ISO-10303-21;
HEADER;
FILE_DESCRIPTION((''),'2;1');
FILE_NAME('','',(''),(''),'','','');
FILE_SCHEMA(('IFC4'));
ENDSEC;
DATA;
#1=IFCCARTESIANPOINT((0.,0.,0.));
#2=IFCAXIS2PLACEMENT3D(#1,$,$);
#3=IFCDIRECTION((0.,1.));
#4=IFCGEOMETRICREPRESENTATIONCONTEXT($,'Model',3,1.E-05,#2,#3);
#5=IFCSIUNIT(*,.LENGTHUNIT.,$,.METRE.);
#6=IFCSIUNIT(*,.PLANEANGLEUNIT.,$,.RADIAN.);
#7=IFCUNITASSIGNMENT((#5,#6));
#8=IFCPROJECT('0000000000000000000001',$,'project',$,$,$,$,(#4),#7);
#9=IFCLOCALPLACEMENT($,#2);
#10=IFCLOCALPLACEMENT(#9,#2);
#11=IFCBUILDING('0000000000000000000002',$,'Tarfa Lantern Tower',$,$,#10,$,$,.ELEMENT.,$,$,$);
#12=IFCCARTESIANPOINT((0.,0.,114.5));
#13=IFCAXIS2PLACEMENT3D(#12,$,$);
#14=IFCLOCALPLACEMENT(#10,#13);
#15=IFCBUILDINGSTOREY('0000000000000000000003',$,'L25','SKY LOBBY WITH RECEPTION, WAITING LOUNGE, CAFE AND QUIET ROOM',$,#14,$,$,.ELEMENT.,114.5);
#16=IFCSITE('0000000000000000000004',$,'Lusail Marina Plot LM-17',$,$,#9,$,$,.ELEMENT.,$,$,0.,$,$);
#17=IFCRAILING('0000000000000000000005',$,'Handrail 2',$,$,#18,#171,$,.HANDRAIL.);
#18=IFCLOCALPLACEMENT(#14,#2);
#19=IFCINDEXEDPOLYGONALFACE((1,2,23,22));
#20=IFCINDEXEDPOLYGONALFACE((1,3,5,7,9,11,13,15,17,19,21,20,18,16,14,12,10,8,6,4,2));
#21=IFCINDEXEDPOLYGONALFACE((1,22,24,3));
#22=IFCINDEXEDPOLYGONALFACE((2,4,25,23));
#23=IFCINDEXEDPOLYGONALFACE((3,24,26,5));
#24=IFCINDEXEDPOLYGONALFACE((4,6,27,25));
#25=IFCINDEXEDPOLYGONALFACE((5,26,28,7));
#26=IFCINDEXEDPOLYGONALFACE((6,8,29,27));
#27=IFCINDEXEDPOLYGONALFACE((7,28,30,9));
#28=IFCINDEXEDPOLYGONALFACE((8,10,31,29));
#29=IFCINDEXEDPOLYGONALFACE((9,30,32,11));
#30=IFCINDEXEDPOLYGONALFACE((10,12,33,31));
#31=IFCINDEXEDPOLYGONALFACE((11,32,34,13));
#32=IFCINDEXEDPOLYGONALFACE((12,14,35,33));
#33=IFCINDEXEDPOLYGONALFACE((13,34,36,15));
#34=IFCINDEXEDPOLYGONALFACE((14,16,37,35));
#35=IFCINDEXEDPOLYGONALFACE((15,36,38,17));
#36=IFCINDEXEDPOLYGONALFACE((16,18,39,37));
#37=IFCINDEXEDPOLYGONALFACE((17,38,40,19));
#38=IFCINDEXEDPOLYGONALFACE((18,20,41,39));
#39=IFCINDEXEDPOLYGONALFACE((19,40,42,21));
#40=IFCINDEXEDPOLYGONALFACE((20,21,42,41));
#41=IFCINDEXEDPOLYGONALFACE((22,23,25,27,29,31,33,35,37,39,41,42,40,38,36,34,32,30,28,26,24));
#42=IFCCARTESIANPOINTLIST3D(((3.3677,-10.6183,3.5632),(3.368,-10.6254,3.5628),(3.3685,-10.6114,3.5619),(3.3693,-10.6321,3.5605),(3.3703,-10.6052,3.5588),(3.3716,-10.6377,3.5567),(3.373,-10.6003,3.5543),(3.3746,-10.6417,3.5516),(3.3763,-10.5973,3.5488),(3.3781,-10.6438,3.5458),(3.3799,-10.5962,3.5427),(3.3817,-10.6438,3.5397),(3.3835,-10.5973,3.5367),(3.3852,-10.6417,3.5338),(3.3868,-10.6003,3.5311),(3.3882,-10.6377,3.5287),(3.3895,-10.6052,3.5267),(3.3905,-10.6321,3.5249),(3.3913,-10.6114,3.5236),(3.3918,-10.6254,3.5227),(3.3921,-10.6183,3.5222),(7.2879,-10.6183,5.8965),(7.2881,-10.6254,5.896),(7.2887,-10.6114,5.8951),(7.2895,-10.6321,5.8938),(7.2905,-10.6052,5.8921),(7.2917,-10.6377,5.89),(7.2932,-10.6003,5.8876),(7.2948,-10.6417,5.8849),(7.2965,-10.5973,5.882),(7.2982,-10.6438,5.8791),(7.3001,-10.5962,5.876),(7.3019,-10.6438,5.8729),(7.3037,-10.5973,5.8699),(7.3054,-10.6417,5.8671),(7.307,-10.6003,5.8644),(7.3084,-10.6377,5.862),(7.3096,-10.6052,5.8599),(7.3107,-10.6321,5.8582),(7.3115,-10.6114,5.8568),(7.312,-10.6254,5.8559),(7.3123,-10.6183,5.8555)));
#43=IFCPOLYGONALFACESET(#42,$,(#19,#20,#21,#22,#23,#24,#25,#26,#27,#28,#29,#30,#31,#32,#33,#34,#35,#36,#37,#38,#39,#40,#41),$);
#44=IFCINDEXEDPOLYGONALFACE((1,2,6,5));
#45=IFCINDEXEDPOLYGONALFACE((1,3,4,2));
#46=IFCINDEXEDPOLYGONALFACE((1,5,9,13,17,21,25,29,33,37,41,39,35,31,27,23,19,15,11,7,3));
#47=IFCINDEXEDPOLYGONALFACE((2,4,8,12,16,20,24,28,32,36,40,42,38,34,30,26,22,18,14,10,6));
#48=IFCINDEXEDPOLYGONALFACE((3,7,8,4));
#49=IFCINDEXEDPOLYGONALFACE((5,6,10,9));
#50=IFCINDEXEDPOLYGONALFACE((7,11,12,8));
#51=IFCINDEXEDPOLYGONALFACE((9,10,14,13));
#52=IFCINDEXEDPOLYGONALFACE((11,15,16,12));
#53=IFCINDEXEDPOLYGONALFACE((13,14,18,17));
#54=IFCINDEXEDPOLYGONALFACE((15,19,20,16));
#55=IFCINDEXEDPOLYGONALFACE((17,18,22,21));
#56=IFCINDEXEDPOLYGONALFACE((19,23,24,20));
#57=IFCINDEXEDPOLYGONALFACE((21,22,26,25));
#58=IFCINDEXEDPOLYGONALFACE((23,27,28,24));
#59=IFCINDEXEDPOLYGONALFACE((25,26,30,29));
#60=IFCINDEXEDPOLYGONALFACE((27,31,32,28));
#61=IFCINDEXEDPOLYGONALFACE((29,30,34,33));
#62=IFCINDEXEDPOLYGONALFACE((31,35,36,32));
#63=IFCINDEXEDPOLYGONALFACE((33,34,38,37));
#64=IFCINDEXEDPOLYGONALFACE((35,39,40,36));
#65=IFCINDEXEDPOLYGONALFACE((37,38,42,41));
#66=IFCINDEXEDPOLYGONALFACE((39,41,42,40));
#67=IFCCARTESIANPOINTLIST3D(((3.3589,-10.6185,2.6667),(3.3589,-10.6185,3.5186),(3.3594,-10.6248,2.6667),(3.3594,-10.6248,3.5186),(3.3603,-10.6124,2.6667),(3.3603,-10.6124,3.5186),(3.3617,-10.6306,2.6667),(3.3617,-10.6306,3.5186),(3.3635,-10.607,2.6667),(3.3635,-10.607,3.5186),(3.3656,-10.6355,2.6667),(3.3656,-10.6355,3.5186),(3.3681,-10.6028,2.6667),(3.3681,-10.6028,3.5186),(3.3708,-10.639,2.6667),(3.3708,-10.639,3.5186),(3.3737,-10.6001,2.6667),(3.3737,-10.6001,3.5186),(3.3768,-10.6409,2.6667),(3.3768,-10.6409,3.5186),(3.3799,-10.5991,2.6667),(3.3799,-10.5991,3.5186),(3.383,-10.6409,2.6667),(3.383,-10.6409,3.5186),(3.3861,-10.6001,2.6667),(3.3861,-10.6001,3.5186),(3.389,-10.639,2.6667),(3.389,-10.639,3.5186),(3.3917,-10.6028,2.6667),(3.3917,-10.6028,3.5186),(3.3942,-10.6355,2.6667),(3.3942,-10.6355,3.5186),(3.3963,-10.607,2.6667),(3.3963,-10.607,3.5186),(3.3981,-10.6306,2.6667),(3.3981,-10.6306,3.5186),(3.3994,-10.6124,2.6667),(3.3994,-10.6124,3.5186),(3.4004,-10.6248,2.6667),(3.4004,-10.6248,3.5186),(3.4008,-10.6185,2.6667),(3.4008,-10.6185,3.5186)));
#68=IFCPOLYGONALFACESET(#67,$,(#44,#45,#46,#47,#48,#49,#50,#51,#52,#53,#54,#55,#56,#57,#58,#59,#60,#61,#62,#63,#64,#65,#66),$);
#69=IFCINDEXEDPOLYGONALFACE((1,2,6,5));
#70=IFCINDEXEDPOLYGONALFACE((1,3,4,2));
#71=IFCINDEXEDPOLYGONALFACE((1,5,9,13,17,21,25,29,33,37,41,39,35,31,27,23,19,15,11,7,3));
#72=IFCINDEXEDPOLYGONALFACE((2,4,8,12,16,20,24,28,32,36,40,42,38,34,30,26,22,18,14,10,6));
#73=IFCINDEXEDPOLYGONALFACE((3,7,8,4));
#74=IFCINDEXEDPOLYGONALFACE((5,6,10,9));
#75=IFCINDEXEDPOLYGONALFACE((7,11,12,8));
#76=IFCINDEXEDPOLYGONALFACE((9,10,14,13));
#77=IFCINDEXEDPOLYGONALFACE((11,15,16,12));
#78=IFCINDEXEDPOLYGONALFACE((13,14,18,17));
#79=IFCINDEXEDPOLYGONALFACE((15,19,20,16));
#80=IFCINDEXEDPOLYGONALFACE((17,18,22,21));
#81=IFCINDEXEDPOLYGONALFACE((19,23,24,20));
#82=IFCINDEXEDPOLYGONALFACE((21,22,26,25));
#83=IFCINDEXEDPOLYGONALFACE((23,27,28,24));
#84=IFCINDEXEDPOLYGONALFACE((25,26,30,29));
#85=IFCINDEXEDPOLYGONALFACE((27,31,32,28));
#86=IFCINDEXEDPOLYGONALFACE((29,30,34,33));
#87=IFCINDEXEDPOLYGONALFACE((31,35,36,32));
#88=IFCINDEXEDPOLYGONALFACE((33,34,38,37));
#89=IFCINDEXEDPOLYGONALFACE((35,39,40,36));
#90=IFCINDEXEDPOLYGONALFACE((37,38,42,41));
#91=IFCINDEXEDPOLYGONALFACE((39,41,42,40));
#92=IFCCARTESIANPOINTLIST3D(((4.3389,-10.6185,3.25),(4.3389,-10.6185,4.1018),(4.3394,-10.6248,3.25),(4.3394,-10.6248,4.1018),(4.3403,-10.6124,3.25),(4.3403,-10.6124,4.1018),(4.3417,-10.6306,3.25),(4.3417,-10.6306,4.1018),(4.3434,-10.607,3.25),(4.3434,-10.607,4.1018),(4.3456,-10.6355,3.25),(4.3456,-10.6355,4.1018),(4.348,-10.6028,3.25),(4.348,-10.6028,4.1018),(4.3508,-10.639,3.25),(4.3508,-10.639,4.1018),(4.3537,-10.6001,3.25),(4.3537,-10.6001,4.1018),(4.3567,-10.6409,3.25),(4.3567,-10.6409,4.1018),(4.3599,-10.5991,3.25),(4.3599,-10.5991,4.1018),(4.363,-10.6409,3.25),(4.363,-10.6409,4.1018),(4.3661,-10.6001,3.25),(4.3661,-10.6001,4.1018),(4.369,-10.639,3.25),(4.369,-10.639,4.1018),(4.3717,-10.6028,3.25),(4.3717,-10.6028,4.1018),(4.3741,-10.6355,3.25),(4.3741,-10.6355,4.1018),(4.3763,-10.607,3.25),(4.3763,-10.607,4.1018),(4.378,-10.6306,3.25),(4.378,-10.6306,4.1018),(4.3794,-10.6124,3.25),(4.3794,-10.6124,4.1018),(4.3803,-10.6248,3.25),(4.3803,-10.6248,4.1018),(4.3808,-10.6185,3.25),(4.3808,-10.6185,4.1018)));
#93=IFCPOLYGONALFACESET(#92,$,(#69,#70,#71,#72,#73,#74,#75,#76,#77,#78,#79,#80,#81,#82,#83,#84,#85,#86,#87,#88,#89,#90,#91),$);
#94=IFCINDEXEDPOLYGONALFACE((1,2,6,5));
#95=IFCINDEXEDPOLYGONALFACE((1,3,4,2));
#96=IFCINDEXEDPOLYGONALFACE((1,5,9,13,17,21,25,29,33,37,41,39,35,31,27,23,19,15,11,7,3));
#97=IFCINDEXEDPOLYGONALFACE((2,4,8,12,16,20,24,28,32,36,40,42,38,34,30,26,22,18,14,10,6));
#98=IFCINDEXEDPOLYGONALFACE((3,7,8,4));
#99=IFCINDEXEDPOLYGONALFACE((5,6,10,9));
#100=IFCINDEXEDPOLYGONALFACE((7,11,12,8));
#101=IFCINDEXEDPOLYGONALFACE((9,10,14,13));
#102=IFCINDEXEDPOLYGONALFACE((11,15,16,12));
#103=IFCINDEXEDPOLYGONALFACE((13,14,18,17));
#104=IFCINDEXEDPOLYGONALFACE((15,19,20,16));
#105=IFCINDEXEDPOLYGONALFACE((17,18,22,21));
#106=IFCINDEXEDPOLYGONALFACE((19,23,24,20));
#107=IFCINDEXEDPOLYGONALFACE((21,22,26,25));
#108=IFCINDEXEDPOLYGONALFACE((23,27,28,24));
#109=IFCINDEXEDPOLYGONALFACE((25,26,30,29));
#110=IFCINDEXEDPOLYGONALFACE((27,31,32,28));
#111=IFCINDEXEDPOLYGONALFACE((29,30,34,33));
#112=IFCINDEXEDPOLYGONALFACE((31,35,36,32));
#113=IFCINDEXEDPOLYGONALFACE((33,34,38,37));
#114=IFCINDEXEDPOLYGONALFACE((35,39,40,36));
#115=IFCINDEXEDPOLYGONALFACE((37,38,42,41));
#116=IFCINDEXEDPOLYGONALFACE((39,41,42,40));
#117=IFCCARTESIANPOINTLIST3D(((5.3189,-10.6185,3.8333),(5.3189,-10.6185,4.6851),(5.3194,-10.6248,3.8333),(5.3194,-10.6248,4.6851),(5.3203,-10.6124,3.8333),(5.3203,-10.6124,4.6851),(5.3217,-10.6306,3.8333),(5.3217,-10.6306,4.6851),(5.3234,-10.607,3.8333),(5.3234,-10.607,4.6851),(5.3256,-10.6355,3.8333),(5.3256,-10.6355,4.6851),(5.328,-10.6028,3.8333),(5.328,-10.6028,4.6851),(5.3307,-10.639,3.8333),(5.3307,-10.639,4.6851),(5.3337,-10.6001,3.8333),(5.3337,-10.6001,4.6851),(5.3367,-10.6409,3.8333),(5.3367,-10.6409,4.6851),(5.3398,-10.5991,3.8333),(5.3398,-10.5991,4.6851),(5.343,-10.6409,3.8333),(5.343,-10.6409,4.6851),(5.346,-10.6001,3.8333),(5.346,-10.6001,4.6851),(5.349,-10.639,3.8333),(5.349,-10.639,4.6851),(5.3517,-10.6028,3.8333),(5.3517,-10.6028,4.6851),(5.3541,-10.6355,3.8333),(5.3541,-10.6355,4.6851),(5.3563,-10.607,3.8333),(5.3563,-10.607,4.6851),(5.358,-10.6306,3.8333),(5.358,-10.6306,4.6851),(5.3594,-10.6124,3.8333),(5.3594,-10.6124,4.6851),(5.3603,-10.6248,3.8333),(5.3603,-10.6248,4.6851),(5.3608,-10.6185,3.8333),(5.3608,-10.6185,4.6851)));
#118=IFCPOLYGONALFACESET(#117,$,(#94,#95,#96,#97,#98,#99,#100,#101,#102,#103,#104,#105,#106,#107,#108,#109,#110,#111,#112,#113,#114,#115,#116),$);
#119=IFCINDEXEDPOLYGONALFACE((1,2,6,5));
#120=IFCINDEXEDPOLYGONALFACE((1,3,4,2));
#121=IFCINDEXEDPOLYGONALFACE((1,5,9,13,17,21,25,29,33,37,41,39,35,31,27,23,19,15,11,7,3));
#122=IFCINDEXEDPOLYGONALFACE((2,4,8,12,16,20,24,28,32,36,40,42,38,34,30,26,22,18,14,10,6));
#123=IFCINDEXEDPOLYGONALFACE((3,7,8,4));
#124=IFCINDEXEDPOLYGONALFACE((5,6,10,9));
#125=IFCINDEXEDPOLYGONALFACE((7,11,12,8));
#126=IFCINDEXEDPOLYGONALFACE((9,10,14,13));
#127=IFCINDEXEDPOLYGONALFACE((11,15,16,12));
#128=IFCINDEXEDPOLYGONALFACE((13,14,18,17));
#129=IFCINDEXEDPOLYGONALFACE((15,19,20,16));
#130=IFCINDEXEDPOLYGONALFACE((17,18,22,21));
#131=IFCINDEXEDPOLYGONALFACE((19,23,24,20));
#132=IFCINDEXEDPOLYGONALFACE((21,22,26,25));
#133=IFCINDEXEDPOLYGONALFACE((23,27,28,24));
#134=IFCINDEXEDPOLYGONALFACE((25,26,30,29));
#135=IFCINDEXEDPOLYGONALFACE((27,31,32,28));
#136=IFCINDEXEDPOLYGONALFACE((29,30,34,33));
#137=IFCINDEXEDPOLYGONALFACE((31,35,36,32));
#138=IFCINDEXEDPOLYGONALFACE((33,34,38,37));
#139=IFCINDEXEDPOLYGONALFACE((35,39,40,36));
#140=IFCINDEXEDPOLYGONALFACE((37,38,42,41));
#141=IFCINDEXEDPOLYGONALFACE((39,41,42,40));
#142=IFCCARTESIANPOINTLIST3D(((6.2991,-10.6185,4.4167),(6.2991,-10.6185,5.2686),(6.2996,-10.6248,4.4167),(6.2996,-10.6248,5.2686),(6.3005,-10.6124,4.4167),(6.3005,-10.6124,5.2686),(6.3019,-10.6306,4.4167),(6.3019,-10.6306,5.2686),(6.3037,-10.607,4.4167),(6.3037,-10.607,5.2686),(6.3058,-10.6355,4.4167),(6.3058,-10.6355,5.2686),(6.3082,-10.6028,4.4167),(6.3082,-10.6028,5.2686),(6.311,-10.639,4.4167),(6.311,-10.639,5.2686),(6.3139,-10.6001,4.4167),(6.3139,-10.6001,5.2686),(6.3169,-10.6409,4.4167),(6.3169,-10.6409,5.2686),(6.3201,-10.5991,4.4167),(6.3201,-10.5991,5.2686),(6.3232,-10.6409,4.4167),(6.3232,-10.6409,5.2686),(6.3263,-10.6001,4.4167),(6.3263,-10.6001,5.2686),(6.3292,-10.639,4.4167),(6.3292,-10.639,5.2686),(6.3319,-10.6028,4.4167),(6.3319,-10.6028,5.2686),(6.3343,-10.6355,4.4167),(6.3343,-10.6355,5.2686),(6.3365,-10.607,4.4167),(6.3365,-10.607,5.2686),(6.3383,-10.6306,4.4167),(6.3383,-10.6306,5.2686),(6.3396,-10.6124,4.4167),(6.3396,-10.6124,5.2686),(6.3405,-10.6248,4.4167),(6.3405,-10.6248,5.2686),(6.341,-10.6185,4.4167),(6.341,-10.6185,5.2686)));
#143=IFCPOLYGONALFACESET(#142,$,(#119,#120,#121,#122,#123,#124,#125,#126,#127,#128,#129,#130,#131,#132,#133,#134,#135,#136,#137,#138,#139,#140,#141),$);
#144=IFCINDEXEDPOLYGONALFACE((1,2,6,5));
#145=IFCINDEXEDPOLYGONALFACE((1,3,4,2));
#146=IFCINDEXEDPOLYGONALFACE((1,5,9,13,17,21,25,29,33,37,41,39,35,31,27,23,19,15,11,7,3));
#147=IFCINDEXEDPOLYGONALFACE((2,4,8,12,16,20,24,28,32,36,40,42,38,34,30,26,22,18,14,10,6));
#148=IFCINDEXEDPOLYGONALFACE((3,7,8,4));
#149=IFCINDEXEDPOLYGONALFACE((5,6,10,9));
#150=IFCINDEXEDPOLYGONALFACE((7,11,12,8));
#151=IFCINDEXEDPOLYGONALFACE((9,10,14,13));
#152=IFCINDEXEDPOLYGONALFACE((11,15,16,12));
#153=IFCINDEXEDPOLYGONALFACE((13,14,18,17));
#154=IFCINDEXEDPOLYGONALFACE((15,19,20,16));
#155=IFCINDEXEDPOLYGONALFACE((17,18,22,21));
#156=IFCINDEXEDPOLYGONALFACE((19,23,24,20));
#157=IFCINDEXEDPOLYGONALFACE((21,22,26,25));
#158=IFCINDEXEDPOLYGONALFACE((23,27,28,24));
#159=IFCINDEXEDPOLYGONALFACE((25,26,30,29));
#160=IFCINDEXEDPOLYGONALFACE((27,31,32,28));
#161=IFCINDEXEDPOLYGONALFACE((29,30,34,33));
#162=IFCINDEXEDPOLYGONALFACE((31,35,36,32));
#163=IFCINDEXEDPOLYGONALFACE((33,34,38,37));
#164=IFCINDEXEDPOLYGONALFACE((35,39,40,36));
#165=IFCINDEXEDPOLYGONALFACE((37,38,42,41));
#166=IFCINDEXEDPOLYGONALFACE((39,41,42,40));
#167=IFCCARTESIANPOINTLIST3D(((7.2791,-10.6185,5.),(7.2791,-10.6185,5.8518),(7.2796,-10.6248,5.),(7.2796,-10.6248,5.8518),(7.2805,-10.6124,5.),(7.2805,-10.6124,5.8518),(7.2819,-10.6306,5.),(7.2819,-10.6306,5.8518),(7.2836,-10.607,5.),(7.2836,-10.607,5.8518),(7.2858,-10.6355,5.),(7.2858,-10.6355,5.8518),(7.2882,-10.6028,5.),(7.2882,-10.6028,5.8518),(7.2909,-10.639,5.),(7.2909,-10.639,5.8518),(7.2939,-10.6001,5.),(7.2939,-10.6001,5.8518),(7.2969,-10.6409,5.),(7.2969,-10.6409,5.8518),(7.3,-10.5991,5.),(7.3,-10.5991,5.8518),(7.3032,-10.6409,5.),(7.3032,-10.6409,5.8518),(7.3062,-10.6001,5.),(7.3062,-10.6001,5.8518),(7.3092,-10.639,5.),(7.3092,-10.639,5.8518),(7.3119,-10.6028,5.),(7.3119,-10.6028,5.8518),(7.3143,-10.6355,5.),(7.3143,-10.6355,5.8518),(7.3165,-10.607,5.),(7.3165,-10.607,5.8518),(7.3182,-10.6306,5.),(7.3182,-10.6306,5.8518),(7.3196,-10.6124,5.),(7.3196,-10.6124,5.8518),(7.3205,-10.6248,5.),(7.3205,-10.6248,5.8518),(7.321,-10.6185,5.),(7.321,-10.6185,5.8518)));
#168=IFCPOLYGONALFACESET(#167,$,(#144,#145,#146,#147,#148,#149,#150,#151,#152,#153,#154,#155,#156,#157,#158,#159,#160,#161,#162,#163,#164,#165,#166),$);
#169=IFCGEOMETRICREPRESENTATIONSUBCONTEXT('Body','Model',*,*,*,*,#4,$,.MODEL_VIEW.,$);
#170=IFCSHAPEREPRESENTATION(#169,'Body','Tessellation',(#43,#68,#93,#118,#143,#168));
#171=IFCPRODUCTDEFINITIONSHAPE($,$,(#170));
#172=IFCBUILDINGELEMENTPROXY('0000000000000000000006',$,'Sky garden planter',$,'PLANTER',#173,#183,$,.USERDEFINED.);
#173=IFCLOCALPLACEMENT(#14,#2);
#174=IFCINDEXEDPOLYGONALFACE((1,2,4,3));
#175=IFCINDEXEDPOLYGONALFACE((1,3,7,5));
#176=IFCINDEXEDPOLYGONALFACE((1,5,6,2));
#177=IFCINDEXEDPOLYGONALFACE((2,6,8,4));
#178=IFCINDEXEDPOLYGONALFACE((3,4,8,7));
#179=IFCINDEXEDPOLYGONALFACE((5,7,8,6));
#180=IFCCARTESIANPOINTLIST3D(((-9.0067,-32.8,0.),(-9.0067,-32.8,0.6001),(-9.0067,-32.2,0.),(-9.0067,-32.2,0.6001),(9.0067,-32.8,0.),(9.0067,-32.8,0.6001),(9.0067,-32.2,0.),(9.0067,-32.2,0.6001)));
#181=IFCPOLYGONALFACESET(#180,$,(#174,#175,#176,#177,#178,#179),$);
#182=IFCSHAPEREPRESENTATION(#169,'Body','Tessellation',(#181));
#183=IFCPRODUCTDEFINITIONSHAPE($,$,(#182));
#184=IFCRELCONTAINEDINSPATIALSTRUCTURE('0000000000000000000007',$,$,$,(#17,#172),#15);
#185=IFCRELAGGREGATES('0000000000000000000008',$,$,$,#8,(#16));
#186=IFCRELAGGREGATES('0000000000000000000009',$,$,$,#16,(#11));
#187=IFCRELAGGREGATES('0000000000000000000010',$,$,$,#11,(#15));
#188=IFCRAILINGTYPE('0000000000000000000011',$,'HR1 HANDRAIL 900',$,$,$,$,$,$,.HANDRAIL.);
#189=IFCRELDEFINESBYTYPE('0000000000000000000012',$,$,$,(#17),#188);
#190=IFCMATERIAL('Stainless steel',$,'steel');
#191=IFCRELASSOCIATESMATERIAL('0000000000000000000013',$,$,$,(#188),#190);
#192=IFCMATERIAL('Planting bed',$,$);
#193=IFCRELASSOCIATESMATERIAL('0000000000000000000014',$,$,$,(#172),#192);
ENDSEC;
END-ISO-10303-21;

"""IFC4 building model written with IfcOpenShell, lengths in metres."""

from ifc_helpers import new_model, si_unit, direction, frame, origin, origin_2d, place, context, subcontext, project, spatial, rectangle, circle, extrude, material, type_object, element, save


model = new_model("IFC4")

# Units and contexts
model_context = context("Model", 3, precision=1e-05, world=origin(), true_north=direction((0.0, 1.0)))
body_context = subcontext(model_context, "Body", "Model", "MODEL_VIEW")
ifc_project = project(units=[si_unit("LENGTHUNIT", "METRE"), si_unit("PLANEANGLEUNIT", "RADIAN")], contexts=[model_context])

# Site, building, storey
site_placement = place(None, origin())
site = spatial("IfcSite", under=ifc_project, at=site_placement, Name="Lusail Marina Plot LM-17", CompositionType="ELEMENT", RefElevation=0.0)
building_placement = place(site_placement, origin())
building = spatial("IfcBuilding", under=site, at=building_placement, Name="Tarfa Lantern Tower", CompositionType="ELEMENT")
storey_placement = place(building_placement, frame((0.0, 0.0, 114.5)))
storey = spatial("IfcBuildingStorey", under=building, at=storey_placement, Name="L25", Description="SKY LOBBY WITH RECEPTION, WAITING LOUNGE, CAFE AND QUIET ROOM", CompositionType="ELEMENT", Elevation=114.5)

# Railing
ifc_material_1 = material(Name="Stainless steel", Category="steel")
railing_type = type_object("IfcRailingType", Name="HR1 HANDRAIL 900", PredefinedType="HANDRAIL", material=ifc_material_1)
railing_placement = place(storey_placement, frame((3.3799, -10.6201, 2.6667)))
element("IfcRailing", 1, at=railing_placement, inside=storey, type_object=railing_type, Name="Handrail 2", PredefinedType="HANDRAIL", context=body_context, shape_type="SweptSolid", body=[
    extrude(circle(Radius=0.0239, at=origin_2d()), frame((0.0, 0.0, 0.876), z_axis=(0.85931, 0.0, 0.511455), x_axis=(0.0, 1.0, 0.0)), (0.0, 0.0, 1.0), 4.562),
    extrude(circle(Radius=0.021, at=origin_2d()), frame((0.0, 0.0, 0.0), z_axis=(0.0, 0.0, 1.0), x_axis=(0.0, 1.0, 0.0)), (0.0, 0.0, 1.0), 0.8518),
    extrude(circle(Radius=0.021, at=origin_2d()), frame((0.98, 0.0, 0.5833), z_axis=(0.0, 0.0, 1.0), x_axis=(0.0, 1.0, 0.0)), (0.0, 0.0, 1.0), 0.8518),
    extrude(circle(Radius=0.021, at=origin_2d()), frame((1.96, 0.0, 1.1665), z_axis=(0.0, 0.0, 1.0), x_axis=(0.0, 1.0, 0.0)), (0.0, 0.0, 1.0), 0.8518),
    extrude(circle(Radius=0.021, at=origin_2d()), frame((2.9402, 0.0, 1.75), z_axis=(0.0, 0.0, 1.0), x_axis=(0.0, 1.0, 0.0)), (0.0, 0.0, 1.0), 0.8518),
    extrude(circle(Radius=0.021, at=origin_2d()), frame((3.9202, 0.0, 2.3333), z_axis=(0.0, 0.0, 1.0), x_axis=(0.0, 1.0, 0.0)), (0.0, 0.0, 1.0), 0.8518),
])

# Building element proxy
ifc_material_2 = material(Name="Planting bed")
proxy_placement = place(storey_placement, frame((0.0, -32.5, 0.0), z_axis=(0.0, 0.0, 1.0), x_axis=(1.0, 0.0, 0.0)))
element("IfcBuildingElementProxy", 2, at=proxy_placement, inside=storey, material=ifc_material_2, Name="Sky garden planter", ObjectType="PLANTER", PredefinedType="USERDEFINED", context=body_context, shape_type="SweptSolid", body=[
    extrude(rectangle(XDim=18.0134, YDim=0.6001, at=origin_2d()), origin(), (0.0, 0.0, 1.0), 0.6001),
])

save(model, "model.ifc")
